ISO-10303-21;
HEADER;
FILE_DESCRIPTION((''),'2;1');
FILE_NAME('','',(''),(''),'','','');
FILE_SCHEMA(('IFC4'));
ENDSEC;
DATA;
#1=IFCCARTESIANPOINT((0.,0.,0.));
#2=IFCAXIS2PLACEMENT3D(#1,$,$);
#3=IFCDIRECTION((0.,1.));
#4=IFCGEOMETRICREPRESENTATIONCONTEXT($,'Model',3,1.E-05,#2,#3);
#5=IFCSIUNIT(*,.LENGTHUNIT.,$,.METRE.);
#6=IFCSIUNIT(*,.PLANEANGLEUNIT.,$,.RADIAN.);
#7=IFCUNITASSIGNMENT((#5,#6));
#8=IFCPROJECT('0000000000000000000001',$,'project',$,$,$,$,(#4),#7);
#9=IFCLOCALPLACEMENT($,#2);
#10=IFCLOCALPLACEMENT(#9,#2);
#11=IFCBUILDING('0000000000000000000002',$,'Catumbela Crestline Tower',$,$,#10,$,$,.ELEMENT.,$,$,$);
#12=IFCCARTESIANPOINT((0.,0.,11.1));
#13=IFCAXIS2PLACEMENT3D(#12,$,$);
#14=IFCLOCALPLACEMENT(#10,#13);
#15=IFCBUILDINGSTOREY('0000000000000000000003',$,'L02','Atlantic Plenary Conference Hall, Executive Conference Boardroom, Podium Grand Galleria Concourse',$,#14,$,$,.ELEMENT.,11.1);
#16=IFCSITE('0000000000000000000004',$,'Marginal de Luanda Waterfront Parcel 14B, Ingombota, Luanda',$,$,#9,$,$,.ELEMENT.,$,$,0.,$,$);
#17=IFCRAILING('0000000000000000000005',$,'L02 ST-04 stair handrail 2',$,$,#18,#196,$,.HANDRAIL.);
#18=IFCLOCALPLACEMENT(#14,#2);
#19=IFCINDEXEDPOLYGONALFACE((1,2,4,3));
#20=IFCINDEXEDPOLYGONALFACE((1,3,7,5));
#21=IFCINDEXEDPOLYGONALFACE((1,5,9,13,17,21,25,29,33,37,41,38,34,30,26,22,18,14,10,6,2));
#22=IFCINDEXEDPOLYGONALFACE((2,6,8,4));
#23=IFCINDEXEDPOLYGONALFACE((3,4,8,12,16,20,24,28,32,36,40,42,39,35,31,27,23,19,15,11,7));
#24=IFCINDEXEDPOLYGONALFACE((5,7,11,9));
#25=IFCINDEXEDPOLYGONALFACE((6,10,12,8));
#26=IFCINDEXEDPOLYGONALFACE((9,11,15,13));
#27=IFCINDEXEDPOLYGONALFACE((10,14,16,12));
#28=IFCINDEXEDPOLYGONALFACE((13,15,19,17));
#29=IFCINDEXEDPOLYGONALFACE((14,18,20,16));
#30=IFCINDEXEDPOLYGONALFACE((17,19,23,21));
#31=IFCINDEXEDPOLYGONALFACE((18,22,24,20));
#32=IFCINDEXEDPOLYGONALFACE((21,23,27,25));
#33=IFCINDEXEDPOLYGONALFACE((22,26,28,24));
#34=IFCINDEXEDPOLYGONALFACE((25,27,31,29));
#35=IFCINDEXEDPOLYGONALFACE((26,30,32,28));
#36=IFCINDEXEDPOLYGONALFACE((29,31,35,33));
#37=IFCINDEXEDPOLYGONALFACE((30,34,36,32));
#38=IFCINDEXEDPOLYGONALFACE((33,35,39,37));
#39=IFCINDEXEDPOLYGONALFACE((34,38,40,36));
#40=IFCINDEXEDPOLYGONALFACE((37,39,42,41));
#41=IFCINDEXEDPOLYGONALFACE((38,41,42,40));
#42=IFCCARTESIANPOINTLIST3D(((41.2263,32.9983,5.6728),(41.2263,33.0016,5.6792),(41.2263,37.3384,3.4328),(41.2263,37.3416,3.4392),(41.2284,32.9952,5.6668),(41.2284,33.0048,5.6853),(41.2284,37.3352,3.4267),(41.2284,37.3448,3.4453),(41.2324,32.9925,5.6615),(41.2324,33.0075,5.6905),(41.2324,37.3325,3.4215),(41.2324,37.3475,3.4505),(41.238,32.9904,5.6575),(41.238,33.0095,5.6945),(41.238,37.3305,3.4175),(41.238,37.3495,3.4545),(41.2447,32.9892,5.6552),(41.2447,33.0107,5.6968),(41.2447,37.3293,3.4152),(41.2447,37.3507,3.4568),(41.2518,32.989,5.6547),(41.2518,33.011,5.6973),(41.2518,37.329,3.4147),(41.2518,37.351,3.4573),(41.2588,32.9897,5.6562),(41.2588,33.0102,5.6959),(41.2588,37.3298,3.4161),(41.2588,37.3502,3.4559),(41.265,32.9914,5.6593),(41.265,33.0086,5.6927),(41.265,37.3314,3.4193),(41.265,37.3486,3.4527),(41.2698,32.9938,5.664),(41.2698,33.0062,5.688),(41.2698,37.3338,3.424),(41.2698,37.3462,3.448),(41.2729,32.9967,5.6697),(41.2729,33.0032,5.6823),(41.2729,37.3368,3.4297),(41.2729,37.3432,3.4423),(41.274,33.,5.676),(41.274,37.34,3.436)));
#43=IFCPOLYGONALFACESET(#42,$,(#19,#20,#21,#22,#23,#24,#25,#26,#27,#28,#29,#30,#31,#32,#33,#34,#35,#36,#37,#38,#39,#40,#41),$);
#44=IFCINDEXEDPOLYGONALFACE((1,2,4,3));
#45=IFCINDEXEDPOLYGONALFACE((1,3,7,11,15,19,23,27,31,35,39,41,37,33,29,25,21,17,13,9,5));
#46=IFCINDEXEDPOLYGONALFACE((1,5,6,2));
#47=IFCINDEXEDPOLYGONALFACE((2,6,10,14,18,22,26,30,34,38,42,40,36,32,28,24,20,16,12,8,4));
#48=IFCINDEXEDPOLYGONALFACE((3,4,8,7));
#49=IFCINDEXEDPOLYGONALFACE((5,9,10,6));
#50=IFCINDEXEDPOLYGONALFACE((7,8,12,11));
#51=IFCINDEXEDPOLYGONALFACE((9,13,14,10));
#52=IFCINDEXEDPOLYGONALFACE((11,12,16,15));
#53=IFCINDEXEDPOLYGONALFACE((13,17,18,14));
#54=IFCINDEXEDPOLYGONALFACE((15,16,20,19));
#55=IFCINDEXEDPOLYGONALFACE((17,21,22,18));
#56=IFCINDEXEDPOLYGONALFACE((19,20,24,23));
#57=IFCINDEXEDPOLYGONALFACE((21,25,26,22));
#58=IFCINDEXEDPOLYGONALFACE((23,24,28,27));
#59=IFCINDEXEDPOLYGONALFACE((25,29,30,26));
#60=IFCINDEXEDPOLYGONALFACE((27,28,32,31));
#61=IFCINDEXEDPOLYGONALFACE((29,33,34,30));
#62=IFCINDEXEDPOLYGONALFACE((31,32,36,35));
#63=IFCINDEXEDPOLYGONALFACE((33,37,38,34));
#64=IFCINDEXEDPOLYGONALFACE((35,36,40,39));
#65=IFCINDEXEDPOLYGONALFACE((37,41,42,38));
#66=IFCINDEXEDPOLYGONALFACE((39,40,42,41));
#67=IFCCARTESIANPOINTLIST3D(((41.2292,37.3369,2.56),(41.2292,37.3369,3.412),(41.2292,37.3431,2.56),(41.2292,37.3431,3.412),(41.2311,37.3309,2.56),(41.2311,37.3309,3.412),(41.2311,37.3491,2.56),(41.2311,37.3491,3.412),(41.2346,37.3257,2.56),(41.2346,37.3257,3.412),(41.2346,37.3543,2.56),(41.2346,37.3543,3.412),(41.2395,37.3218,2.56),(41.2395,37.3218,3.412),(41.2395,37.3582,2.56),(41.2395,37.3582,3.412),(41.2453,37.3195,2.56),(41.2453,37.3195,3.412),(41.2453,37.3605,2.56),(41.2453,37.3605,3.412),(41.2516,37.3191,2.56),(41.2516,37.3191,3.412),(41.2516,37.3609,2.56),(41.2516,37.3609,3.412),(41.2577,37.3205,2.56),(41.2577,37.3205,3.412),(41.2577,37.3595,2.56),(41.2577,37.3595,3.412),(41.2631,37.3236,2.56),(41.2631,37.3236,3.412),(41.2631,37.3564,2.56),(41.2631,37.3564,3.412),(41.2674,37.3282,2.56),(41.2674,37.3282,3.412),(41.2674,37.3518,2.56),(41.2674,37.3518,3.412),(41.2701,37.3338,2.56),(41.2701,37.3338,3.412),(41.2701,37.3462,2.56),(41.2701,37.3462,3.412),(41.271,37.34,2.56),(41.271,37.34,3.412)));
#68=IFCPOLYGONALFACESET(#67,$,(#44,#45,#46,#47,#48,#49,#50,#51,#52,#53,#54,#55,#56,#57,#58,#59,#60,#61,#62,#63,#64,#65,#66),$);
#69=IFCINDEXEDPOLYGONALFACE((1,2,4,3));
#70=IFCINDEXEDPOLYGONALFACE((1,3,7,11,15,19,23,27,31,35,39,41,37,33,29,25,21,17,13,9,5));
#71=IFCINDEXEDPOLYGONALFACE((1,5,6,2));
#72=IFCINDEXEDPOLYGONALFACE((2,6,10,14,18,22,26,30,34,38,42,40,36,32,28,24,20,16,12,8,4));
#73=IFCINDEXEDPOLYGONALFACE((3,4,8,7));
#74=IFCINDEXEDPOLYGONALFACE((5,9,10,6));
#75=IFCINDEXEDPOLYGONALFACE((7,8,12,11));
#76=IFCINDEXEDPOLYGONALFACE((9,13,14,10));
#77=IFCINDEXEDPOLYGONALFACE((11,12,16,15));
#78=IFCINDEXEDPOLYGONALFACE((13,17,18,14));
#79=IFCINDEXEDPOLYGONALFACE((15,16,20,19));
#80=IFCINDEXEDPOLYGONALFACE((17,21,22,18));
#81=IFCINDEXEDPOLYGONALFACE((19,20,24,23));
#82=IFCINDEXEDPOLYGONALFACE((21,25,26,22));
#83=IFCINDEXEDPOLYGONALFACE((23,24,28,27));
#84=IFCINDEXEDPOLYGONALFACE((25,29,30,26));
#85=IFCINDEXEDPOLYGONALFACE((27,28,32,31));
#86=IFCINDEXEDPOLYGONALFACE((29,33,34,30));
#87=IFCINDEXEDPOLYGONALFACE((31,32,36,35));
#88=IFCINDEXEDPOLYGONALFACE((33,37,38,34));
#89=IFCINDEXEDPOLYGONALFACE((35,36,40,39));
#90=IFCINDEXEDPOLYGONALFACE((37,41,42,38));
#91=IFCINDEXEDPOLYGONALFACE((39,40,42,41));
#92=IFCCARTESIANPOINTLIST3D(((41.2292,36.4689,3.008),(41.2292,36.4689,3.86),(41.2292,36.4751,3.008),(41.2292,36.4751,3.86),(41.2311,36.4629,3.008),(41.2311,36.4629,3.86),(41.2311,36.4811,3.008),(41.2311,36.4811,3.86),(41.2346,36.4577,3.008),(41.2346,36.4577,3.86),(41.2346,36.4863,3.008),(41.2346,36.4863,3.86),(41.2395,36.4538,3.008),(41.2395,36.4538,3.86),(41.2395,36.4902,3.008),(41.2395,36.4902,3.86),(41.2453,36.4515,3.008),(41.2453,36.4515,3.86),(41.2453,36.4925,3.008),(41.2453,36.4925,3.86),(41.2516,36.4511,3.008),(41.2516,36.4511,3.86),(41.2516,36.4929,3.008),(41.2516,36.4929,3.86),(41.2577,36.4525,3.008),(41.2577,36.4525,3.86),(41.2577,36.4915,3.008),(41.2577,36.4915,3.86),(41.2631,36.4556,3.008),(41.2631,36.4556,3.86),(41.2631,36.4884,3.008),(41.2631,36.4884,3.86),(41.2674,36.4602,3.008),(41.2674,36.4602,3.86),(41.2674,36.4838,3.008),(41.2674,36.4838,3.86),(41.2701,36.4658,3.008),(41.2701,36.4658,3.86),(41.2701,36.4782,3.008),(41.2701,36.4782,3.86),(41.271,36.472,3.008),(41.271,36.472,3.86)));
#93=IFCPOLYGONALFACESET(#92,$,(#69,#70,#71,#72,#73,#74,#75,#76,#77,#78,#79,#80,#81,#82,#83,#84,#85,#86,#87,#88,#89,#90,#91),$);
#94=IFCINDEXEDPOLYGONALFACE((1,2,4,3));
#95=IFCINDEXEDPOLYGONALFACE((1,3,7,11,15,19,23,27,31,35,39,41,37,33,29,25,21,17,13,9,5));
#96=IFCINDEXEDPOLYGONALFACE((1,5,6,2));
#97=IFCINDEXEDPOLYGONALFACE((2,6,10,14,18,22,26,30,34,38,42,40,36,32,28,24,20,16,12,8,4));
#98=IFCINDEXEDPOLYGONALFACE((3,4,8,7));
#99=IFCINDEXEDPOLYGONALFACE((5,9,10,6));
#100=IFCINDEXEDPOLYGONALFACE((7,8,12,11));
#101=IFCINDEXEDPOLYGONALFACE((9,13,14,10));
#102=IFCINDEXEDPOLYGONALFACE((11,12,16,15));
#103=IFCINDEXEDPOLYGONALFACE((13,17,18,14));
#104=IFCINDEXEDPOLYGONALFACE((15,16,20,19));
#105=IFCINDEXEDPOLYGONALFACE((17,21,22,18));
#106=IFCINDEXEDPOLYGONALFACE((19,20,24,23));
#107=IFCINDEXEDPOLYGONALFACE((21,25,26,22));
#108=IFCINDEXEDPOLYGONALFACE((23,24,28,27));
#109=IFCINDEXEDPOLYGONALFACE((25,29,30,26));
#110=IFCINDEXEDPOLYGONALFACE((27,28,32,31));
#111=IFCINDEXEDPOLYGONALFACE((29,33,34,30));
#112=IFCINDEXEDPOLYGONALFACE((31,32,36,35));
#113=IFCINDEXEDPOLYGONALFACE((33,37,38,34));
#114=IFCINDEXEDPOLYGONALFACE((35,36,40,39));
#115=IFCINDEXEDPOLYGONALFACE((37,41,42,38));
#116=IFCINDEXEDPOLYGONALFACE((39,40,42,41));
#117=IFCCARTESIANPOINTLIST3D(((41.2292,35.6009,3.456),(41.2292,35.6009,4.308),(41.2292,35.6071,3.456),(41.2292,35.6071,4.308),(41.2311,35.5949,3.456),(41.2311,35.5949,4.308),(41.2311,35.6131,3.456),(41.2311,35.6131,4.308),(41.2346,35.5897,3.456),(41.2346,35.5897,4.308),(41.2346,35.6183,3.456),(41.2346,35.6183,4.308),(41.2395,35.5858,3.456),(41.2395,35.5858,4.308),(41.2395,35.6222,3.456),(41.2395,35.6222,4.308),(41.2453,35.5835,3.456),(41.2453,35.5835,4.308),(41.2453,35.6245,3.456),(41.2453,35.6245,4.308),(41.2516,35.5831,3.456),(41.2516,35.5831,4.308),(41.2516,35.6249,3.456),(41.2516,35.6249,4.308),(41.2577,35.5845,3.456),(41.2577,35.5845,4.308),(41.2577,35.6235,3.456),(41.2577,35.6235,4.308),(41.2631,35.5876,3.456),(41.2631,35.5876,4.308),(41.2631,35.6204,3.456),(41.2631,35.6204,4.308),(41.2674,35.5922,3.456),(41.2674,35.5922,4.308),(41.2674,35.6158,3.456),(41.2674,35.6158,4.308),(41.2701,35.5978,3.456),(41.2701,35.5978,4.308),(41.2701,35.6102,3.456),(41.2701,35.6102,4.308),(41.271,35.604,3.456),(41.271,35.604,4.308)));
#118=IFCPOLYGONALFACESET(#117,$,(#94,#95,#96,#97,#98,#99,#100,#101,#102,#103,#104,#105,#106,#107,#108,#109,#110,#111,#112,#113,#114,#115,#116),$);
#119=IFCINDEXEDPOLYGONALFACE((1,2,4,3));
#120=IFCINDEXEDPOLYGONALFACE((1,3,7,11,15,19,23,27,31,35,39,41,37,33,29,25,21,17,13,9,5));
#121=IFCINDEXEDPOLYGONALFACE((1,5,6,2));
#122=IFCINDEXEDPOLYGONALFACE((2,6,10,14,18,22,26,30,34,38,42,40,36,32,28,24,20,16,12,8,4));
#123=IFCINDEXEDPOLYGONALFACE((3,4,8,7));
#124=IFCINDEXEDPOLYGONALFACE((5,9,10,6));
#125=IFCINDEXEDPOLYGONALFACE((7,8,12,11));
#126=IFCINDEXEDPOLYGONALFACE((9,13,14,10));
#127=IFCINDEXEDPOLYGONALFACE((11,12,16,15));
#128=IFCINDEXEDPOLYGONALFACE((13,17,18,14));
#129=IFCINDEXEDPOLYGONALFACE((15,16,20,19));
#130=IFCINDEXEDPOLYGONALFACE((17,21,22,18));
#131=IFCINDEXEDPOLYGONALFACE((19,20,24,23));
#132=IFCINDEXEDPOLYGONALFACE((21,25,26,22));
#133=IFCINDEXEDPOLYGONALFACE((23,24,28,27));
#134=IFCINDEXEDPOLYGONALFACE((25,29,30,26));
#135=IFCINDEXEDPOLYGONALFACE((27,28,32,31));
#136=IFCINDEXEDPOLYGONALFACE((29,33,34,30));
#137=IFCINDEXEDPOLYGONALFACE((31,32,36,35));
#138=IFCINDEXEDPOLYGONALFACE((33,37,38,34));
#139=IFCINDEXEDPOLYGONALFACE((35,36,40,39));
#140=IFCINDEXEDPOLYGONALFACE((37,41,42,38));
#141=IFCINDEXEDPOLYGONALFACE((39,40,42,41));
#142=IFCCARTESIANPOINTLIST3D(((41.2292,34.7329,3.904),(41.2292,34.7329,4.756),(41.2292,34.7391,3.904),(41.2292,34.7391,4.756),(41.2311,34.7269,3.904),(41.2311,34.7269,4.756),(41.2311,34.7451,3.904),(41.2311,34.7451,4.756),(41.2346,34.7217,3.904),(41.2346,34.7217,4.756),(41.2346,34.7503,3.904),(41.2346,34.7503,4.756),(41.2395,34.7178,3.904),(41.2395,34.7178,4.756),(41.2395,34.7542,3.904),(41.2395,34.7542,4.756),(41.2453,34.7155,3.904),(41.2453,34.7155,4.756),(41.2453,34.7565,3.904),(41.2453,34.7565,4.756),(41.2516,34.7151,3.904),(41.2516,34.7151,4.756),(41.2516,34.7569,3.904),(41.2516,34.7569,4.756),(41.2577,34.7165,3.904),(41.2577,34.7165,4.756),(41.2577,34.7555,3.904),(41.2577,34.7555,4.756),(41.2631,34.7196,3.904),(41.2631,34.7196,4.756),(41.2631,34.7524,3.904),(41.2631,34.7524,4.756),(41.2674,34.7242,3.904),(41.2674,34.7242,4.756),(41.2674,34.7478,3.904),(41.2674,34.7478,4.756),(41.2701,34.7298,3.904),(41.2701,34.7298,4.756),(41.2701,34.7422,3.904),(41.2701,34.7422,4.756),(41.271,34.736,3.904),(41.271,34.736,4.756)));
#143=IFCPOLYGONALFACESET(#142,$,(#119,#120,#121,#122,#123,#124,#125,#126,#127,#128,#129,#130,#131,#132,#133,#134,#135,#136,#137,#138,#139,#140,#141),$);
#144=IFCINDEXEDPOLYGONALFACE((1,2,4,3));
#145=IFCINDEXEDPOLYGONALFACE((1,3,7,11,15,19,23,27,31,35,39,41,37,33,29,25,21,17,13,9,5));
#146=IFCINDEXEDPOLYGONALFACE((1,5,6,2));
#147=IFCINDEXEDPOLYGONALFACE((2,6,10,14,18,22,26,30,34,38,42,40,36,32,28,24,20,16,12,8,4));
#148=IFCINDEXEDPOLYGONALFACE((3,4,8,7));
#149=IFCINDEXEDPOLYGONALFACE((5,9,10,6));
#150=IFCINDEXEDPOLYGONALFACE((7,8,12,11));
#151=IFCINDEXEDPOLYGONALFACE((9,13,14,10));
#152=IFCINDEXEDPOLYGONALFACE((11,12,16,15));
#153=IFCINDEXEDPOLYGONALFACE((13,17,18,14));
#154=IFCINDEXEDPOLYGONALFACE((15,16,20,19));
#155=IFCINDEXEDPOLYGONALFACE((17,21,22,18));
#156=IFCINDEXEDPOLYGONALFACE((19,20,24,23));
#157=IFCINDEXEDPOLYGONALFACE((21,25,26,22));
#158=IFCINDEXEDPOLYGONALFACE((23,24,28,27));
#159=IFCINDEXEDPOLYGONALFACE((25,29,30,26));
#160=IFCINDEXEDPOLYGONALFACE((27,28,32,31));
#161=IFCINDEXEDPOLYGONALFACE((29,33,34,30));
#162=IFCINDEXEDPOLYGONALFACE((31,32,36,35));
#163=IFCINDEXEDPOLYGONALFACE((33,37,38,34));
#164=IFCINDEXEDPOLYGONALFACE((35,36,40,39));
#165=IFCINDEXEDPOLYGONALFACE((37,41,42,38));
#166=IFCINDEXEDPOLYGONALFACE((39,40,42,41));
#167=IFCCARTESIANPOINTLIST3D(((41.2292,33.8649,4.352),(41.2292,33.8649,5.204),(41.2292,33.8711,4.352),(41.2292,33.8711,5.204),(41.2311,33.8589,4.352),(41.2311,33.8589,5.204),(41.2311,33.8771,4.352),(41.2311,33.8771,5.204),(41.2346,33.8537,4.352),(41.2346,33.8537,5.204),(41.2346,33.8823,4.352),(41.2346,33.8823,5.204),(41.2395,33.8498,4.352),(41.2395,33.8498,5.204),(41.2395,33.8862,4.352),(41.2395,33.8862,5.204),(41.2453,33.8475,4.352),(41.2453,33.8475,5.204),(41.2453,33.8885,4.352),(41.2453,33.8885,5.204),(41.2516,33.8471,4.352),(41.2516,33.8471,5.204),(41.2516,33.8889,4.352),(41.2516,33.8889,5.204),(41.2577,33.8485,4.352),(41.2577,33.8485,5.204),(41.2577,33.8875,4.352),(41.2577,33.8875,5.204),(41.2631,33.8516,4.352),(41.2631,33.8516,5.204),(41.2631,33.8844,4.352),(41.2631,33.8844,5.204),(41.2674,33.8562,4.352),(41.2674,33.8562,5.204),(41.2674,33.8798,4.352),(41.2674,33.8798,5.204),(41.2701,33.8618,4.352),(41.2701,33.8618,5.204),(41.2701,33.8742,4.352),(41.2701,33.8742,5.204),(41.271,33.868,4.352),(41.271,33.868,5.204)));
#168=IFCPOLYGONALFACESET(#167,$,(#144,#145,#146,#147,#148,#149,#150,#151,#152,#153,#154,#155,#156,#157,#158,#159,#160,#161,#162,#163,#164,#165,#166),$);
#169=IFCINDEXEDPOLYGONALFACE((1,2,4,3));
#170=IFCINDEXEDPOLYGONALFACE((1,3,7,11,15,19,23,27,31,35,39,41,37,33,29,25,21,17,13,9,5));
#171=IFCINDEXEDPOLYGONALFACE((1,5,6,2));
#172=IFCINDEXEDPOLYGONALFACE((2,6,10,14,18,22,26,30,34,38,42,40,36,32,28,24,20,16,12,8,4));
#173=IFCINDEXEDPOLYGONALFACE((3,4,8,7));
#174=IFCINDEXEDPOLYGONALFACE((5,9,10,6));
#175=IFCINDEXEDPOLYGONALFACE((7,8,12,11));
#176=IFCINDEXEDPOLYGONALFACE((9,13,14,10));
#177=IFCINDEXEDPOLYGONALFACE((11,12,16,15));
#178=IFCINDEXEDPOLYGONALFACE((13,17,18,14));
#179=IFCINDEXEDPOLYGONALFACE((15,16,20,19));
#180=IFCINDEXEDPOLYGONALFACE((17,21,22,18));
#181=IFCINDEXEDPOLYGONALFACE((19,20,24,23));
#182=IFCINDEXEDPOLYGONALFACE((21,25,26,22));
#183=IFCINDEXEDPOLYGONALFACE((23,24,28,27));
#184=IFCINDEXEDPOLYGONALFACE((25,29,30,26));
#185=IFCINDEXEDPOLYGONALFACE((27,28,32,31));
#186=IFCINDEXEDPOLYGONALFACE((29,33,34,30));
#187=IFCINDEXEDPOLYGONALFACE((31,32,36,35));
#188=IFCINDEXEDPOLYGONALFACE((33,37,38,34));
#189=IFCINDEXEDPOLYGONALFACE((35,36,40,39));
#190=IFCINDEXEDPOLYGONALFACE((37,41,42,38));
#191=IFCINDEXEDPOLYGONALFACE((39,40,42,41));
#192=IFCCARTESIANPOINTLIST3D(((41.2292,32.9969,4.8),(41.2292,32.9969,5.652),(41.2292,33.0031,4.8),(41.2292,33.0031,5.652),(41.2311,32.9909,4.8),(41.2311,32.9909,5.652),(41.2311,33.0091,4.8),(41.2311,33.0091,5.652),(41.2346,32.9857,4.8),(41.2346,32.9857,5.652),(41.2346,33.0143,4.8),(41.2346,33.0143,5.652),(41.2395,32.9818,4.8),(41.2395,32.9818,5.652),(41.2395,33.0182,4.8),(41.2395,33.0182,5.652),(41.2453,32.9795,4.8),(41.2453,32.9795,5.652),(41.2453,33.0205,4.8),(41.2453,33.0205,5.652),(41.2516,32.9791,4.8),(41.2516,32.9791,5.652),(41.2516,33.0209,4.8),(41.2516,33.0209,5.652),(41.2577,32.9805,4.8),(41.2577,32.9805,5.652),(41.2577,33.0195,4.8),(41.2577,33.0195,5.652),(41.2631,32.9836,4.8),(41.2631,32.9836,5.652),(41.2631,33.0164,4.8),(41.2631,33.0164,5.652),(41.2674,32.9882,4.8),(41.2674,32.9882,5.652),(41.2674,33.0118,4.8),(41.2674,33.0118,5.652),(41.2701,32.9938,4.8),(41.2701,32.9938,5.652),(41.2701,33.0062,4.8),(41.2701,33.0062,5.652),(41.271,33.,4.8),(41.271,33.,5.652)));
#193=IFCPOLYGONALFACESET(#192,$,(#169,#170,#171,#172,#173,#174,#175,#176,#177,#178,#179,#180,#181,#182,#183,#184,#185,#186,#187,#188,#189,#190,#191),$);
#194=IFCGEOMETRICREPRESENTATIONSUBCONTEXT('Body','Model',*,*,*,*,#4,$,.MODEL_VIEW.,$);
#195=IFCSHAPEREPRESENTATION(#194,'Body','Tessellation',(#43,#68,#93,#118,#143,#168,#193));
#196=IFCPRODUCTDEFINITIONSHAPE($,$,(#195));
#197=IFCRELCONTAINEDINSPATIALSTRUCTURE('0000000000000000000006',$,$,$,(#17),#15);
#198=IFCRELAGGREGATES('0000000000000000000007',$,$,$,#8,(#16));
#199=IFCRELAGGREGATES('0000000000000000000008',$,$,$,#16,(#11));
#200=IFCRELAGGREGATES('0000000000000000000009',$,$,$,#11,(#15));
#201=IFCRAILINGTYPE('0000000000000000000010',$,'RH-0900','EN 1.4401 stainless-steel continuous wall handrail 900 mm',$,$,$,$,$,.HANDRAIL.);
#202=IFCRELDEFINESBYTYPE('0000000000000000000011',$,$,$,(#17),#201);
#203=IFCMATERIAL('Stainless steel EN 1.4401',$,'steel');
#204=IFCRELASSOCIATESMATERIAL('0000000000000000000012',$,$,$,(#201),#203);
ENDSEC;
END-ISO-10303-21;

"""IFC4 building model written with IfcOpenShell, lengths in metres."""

from ifc_helpers import new_model, si_unit, direction, frame, origin, origin_2d, place, context, subcontext, project, spatial, circle, extrude, material, type_object, element, save


model = new_model("IFC4")

# Units and contexts
model_context = context("Model", 3, precision=1e-05, world=origin(), true_north=direction((0.0, 1.0)))
body_context = subcontext(model_context, "Body", "Model", "MODEL_VIEW")
ifc_project = project(units=[si_unit("LENGTHUNIT", "METRE"), si_unit("PLANEANGLEUNIT", "RADIAN")], contexts=[model_context])

# Site, building, storey
site_placement = place(None, origin())
site = spatial("IfcSite", under=ifc_project, at=site_placement, Name="Marginal de Luanda Waterfront Parcel 14B, Ingombota, Luanda", CompositionType="ELEMENT", RefElevation=0.0)
building_placement = place(site_placement, origin())
building = spatial("IfcBuilding", under=site, at=building_placement, Name="Catumbela Crestline Tower", CompositionType="ELEMENT")
storey_placement = place(building_placement, frame((0.0, 0.0, 11.1)))
storey = spatial("IfcBuildingStorey", under=building, at=storey_placement, Name="L02", Description="Atlantic Plenary Conference Hall, Executive Conference Boardroom, Podium Grand Galleria Concourse", CompositionType="ELEMENT", Elevation=11.1)

# Railing
ifc_material_1 = material(Name="Stainless steel EN 1.4401", Category="steel")
railing_type_1 = type_object("IfcRailingType", Name="RH-0900", Description="EN 1.4401 stainless-steel continuous wall handrail 900 mm", PredefinedType="HANDRAIL", material=ifc_material_1)
railing_1_placement = place(storey_placement, frame((41.25, 37.34, 2.56)))
element("IfcRailing", 1, at=railing_1_placement, inside=storey, type_object=railing_type_1, Name="L02 ST-04 stair handrail 2", PredefinedType="HANDRAIL", context=body_context, shape_type="SweptSolid", body=[
    extrude(circle(Radius=0.024, at=origin_2d()), frame((0.0, 0.0, 0.876), z_axis=(0.0, -0.888621, 0.458643), x_axis=(1.0, 0.0, 0.0)), (0.0, 0.0, 1.0), 4.884),
    extrude(circle(Radius=0.021, at=origin_2d()), origin(), (0.0, 0.0, 1.0), 0.852),
    extrude(circle(Radius=0.021, at=origin_2d()), frame((0.0, -0.868, 0.448)), (0.0, 0.0, 1.0), 0.852),
    extrude(circle(Radius=0.021, at=origin_2d()), frame((0.0, -1.736, 0.896)), (0.0, 0.0, 1.0), 0.852),
    extrude(circle(Radius=0.021, at=origin_2d()), frame((0.0, -2.604, 1.344)), (0.0, 0.0, 1.0), 0.852),
    extrude(circle(Radius=0.021, at=origin_2d()), frame((0.0, -3.472, 1.792)), (0.0, 0.0, 1.0), 0.852),
    extrude(circle(Radius=0.021, at=origin_2d()), frame((0.0, -4.34, 2.24)), (0.0, 0.0, 1.0), 0.852),
])

save(model, "model.ifc")
